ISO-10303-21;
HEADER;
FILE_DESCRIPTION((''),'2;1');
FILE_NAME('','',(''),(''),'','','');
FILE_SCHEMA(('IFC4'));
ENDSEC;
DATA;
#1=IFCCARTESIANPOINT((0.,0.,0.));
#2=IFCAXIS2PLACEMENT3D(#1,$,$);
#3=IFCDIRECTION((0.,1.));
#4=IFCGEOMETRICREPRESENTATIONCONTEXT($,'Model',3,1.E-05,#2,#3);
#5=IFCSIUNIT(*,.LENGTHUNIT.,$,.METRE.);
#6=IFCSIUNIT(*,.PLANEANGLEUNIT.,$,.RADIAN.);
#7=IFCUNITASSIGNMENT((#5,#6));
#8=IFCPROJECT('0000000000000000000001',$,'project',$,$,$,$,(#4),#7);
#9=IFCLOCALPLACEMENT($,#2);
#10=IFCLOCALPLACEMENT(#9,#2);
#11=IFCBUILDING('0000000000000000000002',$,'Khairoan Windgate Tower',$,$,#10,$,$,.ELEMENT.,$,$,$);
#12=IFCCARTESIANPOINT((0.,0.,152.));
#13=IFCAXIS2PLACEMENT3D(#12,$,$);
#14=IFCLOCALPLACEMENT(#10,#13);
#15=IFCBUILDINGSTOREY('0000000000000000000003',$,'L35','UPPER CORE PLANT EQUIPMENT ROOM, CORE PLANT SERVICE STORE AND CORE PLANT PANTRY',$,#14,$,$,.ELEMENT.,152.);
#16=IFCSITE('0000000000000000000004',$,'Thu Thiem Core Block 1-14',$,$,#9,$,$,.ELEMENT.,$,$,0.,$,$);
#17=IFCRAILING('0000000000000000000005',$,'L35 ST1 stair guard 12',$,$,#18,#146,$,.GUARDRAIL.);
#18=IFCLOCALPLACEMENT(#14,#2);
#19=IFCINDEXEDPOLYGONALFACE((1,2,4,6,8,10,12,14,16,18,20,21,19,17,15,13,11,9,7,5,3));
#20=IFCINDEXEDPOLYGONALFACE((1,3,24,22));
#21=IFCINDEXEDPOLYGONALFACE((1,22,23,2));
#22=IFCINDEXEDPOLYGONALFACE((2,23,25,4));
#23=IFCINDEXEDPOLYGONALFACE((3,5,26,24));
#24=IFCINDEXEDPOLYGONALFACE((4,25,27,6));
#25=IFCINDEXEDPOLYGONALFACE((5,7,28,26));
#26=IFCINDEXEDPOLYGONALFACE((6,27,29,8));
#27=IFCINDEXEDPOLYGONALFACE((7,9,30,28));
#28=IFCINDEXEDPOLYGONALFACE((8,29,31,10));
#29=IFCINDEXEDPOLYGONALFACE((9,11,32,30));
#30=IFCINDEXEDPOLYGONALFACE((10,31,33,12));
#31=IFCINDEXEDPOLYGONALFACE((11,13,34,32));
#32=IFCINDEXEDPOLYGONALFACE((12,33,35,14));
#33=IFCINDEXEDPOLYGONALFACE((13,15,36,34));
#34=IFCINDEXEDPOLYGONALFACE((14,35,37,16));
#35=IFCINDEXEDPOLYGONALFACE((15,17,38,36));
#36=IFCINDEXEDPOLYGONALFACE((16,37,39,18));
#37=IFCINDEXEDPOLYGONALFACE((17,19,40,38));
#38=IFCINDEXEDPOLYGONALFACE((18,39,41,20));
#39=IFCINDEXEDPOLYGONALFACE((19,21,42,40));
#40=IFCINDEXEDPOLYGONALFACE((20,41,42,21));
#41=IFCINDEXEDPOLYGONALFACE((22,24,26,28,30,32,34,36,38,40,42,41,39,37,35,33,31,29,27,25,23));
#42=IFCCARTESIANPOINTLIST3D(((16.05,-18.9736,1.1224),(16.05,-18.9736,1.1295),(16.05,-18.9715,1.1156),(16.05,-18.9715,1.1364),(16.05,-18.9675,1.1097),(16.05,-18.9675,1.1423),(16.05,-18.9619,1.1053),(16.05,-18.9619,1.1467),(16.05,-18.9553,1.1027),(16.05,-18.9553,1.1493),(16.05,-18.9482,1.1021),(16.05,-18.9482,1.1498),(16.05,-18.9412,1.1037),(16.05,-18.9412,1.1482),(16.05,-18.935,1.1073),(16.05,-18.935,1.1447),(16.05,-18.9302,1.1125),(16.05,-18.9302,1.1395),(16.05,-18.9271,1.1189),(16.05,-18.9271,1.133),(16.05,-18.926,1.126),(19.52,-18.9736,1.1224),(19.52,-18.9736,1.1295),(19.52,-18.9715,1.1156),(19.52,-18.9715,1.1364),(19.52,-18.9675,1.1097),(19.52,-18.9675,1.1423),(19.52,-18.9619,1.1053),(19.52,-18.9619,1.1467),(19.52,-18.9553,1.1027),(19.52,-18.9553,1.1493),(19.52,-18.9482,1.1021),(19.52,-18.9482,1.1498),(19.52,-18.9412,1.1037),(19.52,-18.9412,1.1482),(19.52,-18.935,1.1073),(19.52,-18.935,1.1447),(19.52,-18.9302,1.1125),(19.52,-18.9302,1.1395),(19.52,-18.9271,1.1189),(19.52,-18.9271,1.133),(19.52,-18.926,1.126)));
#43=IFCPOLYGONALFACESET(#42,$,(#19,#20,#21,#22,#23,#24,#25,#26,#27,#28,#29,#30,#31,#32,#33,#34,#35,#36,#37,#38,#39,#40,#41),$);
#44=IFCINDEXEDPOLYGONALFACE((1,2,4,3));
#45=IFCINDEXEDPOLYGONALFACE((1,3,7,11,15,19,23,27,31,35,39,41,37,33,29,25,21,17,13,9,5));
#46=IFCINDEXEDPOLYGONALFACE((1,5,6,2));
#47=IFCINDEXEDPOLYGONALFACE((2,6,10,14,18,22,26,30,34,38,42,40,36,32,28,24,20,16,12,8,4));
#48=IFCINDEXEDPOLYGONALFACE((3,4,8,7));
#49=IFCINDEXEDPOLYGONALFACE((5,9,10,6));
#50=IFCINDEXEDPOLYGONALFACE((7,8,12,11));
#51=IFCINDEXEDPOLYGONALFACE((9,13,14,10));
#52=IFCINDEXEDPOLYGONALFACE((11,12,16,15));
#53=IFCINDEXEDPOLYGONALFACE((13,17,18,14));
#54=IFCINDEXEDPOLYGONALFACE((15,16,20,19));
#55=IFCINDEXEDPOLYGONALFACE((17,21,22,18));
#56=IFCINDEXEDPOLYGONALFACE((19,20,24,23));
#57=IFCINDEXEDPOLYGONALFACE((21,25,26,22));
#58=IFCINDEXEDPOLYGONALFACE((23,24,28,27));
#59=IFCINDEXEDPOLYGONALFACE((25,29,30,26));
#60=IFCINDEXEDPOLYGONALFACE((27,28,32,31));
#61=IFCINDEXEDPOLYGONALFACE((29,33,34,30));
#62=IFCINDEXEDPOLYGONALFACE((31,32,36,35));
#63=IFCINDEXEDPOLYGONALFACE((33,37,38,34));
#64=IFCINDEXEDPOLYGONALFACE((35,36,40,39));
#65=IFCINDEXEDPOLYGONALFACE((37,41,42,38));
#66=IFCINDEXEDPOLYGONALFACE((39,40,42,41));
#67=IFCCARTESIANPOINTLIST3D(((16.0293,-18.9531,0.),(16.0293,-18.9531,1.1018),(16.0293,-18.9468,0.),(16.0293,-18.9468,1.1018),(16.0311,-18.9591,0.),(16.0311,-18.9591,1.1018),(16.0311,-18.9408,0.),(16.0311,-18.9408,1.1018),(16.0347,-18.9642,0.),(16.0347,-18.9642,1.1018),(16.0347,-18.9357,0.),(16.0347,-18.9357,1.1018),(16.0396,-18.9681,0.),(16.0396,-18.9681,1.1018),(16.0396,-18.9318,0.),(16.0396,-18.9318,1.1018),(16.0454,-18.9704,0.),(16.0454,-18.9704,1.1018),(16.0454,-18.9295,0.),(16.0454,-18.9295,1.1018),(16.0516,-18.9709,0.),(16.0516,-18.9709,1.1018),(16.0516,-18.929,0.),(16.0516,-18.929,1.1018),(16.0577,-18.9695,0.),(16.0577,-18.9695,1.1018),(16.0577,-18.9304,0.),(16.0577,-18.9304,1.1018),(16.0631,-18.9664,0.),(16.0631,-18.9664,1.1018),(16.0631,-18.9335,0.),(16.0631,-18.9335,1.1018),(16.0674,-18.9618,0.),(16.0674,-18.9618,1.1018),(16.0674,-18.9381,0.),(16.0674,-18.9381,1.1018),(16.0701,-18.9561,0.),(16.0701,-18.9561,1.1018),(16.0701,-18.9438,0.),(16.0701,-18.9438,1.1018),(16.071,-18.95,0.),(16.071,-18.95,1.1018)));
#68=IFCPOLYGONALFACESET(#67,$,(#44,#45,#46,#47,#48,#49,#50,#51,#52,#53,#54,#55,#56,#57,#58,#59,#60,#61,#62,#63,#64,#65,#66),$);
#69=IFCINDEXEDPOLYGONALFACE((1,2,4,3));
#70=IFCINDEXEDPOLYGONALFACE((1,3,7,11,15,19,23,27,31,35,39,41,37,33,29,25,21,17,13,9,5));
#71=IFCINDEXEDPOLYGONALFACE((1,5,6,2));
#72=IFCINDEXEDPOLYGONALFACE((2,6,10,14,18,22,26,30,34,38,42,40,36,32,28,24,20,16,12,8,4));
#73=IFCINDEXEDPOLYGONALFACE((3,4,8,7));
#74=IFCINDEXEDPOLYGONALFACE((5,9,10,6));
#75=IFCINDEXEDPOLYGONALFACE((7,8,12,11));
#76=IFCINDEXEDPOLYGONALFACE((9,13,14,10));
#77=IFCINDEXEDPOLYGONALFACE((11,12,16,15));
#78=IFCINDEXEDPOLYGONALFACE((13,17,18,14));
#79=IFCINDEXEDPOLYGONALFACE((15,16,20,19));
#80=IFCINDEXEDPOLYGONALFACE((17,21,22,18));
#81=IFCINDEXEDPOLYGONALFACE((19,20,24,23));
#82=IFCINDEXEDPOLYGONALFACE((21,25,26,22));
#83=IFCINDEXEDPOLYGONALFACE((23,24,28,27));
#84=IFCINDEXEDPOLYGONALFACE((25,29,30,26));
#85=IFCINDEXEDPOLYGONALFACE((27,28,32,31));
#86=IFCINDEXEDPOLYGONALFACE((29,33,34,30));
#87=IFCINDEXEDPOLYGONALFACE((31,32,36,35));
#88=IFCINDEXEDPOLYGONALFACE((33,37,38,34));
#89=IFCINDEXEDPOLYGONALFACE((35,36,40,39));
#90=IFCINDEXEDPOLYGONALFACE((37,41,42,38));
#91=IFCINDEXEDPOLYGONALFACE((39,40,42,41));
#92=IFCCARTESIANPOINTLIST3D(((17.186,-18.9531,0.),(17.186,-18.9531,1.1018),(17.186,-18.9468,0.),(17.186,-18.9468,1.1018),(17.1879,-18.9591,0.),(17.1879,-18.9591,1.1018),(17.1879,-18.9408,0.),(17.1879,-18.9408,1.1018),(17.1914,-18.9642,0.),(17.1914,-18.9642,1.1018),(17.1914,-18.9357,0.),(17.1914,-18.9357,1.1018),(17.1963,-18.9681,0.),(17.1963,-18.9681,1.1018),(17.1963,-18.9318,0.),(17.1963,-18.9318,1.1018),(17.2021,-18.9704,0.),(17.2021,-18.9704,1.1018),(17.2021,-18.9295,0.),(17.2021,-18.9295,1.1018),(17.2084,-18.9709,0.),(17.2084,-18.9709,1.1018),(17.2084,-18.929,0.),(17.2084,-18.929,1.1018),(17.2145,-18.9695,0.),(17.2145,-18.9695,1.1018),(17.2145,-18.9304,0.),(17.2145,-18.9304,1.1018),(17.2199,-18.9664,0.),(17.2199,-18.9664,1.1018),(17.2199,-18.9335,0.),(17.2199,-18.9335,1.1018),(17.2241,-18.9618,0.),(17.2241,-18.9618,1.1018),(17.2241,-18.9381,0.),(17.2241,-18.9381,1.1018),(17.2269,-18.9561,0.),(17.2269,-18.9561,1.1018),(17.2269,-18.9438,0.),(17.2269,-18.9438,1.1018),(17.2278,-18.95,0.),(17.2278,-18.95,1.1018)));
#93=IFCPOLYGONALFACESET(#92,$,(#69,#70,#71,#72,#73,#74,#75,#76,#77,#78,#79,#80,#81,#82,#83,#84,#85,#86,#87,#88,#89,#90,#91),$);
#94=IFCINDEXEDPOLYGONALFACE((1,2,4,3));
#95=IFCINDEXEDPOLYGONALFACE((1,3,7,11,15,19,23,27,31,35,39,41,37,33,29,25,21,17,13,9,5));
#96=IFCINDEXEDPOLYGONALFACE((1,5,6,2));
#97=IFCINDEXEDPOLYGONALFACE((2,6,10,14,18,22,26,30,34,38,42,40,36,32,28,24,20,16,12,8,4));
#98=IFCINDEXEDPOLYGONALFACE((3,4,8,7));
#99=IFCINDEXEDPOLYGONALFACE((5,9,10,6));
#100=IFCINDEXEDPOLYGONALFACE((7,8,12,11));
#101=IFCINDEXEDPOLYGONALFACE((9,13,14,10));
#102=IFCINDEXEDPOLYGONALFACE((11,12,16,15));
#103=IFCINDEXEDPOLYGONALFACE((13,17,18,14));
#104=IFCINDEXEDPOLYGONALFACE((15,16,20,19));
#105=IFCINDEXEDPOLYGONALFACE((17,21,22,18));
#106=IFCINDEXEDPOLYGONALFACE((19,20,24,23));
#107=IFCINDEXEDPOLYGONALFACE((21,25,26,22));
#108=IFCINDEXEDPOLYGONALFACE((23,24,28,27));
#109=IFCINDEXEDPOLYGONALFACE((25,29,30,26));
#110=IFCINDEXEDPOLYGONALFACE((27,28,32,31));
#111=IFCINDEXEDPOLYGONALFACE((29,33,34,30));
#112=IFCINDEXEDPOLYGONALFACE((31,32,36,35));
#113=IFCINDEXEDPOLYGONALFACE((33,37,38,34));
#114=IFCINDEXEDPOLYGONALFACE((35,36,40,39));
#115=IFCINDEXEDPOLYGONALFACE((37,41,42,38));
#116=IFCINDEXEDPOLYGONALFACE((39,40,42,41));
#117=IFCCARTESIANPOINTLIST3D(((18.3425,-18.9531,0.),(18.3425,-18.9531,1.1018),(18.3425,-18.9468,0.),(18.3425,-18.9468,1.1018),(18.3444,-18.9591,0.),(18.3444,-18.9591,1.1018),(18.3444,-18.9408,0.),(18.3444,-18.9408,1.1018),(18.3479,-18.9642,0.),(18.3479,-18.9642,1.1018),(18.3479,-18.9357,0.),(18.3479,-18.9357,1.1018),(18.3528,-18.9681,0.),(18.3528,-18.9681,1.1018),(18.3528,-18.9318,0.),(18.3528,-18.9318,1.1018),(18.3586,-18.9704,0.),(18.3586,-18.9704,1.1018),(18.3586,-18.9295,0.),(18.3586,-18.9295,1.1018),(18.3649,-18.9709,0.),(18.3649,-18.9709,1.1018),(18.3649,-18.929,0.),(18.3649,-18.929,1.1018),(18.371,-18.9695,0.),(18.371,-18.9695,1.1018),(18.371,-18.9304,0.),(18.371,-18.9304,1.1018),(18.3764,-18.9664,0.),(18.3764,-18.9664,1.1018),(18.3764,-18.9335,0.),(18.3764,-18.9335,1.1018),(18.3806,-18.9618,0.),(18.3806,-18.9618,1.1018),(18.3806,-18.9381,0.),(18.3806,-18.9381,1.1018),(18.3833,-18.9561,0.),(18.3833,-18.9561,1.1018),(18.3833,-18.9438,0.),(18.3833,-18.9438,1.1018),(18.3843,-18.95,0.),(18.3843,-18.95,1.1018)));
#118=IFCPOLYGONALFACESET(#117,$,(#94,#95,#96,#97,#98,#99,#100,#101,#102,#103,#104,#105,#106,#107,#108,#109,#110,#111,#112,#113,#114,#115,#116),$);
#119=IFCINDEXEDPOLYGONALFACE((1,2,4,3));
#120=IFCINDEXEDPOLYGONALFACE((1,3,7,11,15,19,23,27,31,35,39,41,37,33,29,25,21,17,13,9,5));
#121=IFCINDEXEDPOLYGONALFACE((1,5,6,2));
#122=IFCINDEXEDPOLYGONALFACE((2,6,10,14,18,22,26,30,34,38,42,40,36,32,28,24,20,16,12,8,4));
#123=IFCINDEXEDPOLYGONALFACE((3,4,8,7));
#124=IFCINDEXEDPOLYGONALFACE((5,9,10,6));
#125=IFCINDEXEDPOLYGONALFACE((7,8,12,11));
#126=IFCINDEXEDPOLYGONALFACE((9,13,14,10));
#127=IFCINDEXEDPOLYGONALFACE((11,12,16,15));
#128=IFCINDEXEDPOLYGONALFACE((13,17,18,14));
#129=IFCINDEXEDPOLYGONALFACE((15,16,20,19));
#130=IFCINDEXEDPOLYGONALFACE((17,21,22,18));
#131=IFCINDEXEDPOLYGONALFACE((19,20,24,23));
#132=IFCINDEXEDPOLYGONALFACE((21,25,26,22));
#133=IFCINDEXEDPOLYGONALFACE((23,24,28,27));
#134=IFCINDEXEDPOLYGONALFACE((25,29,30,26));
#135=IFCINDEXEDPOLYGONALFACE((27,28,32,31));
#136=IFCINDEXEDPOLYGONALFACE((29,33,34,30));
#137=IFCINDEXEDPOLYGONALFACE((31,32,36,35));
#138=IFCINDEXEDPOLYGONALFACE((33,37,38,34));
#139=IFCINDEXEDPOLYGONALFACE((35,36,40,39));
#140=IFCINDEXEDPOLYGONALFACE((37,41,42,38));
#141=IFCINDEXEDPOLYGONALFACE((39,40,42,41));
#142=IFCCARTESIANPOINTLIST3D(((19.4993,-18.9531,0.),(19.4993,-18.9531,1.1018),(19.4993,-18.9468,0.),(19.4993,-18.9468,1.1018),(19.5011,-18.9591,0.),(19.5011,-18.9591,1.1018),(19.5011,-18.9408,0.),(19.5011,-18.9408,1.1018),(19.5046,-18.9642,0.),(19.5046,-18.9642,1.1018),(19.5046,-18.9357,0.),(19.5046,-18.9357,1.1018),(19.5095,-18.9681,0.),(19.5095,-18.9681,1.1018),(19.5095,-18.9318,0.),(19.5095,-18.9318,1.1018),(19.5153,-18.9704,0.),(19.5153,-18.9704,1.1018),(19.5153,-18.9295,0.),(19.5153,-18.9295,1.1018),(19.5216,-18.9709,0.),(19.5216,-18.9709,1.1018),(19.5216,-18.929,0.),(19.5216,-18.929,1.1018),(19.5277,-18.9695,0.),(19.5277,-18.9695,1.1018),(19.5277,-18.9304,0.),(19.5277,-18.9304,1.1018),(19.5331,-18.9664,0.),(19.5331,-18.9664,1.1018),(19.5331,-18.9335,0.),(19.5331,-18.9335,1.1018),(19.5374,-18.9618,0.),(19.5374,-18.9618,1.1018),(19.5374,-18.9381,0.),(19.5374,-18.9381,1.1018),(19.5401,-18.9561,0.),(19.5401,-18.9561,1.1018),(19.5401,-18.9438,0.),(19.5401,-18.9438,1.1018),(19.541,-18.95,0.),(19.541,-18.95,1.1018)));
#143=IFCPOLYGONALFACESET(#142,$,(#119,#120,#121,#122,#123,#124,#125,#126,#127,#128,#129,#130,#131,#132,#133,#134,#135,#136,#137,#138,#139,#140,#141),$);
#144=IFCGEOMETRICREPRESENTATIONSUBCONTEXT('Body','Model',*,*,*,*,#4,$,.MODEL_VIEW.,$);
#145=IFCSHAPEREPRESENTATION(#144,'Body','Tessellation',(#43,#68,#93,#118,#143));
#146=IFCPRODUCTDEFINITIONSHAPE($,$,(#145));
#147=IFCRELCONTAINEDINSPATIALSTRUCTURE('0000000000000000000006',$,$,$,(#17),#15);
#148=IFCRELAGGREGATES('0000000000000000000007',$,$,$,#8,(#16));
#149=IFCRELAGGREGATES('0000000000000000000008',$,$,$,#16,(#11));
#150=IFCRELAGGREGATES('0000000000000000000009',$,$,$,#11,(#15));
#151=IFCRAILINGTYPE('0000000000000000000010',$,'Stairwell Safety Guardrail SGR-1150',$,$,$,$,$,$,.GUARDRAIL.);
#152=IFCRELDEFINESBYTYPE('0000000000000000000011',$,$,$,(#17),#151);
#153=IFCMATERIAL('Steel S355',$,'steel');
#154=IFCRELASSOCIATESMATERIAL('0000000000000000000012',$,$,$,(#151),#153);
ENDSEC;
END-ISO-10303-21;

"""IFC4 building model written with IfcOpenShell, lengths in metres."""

from ifc_helpers import new_model, si_unit, direction, frame, origin, origin_2d, place, context, subcontext, project, spatial, circle, extrude, material, type_object, element, save


model = new_model("IFC4")

# Units and contexts
model_context = context("Model", 3, precision=1e-05, world=origin(), true_north=direction((0.0, 1.0)))
body_context = subcontext(model_context, "Body", "Model", "MODEL_VIEW")
ifc_project = project(units=[si_unit("LENGTHUNIT", "METRE"), si_unit("PLANEANGLEUNIT", "RADIAN")], contexts=[model_context])

# Site, building, storey
site_placement = place(None, origin())
site = spatial("IfcSite", under=ifc_project, at=site_placement, Name="Thu Thiem Core Block 1-14", CompositionType="ELEMENT", RefElevation=0.0)
building_placement = place(site_placement, origin())
building = spatial("IfcBuilding", under=site, at=building_placement, Name="Khairoan Windgate Tower", CompositionType="ELEMENT")
storey_placement = place(building_placement, frame((0.0, 0.0, 152.0)))
storey = spatial("IfcBuildingStorey", under=building, at=storey_placement, Name="L35", Description="UPPER CORE PLANT EQUIPMENT ROOM, CORE PLANT SERVICE STORE AND CORE PLANT PANTRY", CompositionType="ELEMENT", Elevation=152.0)

# Railing
ifc_material_1 = material(Name="Steel S355", Category="steel")
railing_type_1 = type_object("IfcRailingType", Name="Stairwell Safety Guardrail SGR-1150", PredefinedType="GUARDRAIL", material=ifc_material_1)
railing_1_placement = place(storey_placement, frame((16.05, -18.95, 0.0)))
element("IfcRailing", 1, at=railing_1_placement, inside=storey, type_object=railing_type_1, Name="L35 ST1 stair guard 12", PredefinedType="GUARDRAIL", context=body_context, shape_type="SweptSolid", body=[
    extrude(circle(Radius=0.0239, at=origin_2d()), frame((0.0, 0.0, 1.126), z_axis=(1.0, 0.0, 0.0), x_axis=(0.0, 1.0, 0.0)), (0.0, 0.0, 1.0), 3.47),
    extrude(circle(Radius=0.021, at=origin_2d()), origin(), (0.0, 0.0, 1.0), 1.1018),
    extrude(circle(Radius=0.021, at=origin_2d()), frame((1.1567, 0.0, 0.0)), (0.0, 0.0, 1.0), 1.1018),
    extrude(circle(Radius=0.021, at=origin_2d()), frame((2.3132, 0.0, 0.0)), (0.0, 0.0, 1.0), 1.1018),
    extrude(circle(Radius=0.021, at=origin_2d()), frame((3.47, 0.0, 0.0)), (0.0, 0.0, 1.0), 1.1018),
])

save(model, "model.ifc")
